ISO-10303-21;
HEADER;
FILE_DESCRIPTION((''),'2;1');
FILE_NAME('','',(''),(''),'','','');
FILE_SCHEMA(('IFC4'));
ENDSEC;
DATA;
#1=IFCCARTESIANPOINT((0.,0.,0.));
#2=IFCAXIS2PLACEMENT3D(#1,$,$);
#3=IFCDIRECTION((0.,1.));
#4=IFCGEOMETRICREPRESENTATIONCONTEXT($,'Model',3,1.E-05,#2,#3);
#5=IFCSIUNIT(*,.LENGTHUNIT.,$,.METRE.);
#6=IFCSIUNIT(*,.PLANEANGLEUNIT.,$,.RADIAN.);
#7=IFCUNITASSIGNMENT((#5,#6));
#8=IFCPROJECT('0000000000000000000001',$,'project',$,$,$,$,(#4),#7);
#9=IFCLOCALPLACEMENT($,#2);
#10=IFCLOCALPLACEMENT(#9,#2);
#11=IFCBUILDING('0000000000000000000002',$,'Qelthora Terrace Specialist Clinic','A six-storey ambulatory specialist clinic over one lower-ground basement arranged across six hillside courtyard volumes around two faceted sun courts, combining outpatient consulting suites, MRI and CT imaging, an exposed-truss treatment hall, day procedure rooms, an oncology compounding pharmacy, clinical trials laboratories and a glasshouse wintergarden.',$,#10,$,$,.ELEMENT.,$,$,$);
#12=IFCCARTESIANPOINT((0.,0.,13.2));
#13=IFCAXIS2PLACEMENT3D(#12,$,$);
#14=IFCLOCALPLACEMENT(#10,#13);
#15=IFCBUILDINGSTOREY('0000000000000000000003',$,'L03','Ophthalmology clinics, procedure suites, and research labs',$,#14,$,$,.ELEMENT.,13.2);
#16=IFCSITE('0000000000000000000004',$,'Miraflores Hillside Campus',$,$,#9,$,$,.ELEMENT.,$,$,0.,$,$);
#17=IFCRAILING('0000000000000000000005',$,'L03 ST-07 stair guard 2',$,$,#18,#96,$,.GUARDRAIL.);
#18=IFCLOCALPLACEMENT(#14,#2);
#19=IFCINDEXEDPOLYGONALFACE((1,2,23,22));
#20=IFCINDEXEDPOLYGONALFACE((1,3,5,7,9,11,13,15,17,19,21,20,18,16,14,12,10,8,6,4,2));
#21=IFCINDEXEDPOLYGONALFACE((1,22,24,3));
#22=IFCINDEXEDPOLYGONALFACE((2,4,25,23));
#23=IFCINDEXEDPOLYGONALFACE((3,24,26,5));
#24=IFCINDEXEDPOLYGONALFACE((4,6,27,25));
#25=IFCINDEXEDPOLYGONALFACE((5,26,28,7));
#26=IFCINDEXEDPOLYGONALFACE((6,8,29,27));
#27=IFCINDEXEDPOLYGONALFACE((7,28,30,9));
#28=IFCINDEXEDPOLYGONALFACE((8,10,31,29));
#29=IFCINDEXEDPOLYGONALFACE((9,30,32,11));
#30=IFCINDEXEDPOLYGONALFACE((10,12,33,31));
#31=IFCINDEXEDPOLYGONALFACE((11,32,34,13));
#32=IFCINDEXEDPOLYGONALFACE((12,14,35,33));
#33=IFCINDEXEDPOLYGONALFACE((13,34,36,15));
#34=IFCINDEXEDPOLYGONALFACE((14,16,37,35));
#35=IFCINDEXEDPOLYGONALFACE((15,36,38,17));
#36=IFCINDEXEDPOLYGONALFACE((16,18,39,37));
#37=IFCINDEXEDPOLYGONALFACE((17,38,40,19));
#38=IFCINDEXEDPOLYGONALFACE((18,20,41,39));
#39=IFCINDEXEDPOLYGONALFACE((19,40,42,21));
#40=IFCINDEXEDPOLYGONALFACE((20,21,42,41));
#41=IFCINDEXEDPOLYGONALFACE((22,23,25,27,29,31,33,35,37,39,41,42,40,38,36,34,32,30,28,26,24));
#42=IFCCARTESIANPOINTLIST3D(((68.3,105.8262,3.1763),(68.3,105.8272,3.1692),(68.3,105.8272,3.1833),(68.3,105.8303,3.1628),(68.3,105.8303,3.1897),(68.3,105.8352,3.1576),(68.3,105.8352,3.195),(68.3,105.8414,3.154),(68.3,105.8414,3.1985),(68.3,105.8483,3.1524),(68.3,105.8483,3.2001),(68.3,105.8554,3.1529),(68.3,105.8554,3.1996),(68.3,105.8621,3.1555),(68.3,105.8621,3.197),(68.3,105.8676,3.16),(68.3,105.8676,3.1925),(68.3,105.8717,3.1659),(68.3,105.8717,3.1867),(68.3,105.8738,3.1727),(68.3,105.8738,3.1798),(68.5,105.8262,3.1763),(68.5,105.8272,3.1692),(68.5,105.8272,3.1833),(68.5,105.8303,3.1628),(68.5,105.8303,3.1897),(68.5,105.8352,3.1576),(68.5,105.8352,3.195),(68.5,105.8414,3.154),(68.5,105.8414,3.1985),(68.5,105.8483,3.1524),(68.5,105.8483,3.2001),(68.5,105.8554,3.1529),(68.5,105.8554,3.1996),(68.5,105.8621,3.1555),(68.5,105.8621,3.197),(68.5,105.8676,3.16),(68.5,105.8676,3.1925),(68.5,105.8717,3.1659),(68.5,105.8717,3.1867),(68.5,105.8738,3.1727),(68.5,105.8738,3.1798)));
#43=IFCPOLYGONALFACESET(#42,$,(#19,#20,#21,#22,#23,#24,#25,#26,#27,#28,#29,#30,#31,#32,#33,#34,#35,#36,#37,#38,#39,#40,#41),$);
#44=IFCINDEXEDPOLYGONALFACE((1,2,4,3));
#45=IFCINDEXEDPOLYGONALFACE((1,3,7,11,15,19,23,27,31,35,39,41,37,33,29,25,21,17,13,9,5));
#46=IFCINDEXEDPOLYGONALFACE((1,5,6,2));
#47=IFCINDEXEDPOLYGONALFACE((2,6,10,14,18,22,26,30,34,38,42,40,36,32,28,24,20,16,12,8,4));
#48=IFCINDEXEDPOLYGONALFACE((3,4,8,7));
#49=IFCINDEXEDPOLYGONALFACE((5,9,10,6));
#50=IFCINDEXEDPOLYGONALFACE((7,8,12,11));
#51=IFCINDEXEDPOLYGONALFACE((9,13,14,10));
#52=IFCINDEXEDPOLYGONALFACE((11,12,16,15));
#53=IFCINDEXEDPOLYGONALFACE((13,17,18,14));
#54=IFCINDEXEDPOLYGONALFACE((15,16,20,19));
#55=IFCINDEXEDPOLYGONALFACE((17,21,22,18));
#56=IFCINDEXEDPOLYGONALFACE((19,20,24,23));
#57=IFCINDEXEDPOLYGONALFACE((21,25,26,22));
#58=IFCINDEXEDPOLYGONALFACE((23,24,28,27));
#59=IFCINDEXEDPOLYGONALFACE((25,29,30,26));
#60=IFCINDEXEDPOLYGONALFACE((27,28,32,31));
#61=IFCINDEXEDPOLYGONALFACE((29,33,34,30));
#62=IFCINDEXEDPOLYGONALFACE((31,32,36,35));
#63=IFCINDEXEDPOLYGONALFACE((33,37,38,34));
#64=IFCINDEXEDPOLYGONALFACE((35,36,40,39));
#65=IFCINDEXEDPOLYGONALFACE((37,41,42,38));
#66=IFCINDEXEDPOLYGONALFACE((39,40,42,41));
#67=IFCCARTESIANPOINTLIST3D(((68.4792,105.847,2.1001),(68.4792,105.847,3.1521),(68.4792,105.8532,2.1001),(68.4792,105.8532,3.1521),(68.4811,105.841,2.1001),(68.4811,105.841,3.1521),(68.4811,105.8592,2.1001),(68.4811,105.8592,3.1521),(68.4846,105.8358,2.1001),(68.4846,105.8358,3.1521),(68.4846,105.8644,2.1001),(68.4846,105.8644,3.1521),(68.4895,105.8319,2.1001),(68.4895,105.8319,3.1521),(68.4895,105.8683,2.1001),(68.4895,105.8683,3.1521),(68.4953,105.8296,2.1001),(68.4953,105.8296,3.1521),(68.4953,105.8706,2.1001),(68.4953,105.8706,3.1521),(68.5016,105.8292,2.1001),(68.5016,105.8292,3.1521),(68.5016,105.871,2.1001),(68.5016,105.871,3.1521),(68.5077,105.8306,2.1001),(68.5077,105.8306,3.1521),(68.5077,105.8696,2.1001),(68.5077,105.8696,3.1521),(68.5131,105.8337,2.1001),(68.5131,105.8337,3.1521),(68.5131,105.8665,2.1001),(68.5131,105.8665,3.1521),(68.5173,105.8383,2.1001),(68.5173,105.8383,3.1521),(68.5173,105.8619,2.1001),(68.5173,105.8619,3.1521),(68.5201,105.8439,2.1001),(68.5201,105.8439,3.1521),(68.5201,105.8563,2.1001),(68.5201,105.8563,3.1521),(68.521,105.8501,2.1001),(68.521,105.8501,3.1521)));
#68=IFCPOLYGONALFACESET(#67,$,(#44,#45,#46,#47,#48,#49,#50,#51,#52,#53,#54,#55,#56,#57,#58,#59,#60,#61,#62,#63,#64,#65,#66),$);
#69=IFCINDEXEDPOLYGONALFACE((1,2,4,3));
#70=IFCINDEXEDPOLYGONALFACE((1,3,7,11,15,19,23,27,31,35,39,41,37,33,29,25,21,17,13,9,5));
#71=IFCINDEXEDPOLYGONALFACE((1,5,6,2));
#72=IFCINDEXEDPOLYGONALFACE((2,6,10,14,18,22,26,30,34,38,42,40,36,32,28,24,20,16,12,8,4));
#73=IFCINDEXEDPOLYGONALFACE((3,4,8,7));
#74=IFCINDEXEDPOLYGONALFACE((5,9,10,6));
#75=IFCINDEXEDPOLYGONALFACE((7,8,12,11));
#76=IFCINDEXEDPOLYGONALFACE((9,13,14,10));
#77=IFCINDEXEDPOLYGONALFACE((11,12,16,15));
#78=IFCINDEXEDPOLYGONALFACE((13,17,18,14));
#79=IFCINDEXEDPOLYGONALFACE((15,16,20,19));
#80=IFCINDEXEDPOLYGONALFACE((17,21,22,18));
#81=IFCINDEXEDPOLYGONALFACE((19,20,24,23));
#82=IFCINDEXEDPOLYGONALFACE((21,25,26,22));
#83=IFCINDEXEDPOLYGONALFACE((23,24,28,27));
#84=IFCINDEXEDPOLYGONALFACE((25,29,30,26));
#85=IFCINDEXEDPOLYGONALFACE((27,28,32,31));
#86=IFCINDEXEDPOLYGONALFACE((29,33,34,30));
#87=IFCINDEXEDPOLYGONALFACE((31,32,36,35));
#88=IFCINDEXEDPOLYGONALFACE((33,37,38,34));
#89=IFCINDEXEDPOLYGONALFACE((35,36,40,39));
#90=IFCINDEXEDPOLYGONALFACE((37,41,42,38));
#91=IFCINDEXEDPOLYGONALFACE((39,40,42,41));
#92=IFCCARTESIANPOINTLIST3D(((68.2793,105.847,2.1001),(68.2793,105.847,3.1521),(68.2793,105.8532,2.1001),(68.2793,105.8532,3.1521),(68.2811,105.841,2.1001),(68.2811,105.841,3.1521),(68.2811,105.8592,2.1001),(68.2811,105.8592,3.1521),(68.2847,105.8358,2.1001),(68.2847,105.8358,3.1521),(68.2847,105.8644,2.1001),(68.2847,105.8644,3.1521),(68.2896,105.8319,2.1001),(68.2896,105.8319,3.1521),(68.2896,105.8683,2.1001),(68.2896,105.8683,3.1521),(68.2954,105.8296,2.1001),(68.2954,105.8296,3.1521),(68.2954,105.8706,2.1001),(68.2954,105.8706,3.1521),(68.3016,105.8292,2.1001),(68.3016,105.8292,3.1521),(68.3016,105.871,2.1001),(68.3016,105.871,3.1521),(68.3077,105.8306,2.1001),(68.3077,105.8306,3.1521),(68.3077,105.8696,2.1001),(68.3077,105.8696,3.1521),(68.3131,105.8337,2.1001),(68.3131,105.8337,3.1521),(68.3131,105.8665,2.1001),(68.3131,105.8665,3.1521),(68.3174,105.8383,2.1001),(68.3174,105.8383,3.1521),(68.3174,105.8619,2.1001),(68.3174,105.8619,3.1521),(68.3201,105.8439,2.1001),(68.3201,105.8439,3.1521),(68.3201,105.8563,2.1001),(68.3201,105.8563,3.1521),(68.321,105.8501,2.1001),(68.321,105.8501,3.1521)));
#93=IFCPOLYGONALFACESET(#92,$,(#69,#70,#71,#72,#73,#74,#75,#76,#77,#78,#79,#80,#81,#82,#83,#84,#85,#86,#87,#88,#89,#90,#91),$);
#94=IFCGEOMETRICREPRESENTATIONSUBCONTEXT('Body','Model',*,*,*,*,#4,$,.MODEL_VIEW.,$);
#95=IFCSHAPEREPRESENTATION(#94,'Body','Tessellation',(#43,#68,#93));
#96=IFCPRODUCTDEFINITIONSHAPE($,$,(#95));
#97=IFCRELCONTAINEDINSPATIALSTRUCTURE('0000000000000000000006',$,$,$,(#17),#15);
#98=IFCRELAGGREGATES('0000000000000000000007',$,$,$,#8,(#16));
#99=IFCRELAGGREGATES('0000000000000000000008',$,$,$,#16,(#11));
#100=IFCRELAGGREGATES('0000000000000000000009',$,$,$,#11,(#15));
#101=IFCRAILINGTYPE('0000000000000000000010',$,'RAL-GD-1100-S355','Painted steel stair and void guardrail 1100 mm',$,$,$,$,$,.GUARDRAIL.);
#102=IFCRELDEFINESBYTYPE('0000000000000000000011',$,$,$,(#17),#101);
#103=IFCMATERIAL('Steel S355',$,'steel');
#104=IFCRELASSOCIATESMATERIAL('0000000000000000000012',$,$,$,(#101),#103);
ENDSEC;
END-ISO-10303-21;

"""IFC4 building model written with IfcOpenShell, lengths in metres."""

from ifc_helpers import new_model, si_unit, direction, frame, origin, origin_2d, place, context, subcontext, project, spatial, circle, extrude, material, type_object, element, save


model = new_model("IFC4")

# Units and contexts
model_context = context("Model", 3, precision=1e-05, world=origin(), true_north=direction((0.0, 1.0)))
body_context = subcontext(model_context, "Body", "Model", "MODEL_VIEW")
ifc_project = project(units=[si_unit("LENGTHUNIT", "METRE"), si_unit("PLANEANGLEUNIT", "RADIAN")], contexts=[model_context])

# Site, building, storey
site_placement = place(None, origin())
site = spatial("IfcSite", under=ifc_project, at=site_placement, Name="Miraflores Hillside Campus", CompositionType="ELEMENT", RefElevation=0.0)
building_placement = place(site_placement, origin())
building = spatial("IfcBuilding", under=site, at=building_placement, Name="Qelthora Terrace Specialist Clinic", Description="A six-storey ambulatory specialist clinic over one lower-ground basement arranged across six hillside courtyard volumes around two faceted sun courts, combining outpatient consulting suites, MRI and CT imaging, an exposed-truss treatment hall, day procedure rooms, an oncology compounding pharmacy, clinical trials laboratories and a glasshouse wintergarden.", CompositionType="ELEMENT")
storey_placement = place(building_placement, frame((0.0, 0.0, 13.2)))
storey = spatial("IfcBuildingStorey", under=building, at=storey_placement, Name="L03", Description="Ophthalmology clinics, procedure suites, and research labs", CompositionType="ELEMENT", Elevation=13.2)

# Shared definitions
ifc_material_1 = material(Name="Steel S355", Category="steel")

# Railing
railing_type_1 = type_object("IfcRailingType", Name="RAL-GD-1100-S355", Description="Painted steel stair and void guardrail 1100 mm", PredefinedType="GUARDRAIL", material=ifc_material_1)
railing_1_placement = place(storey_placement, frame((68.5, 105.8501, 2.1001)))
element("IfcRailing", 1, at=railing_1_placement, inside=storey, type_object=railing_type_1, Name="L03 ST-07 stair guard 2", PredefinedType="GUARDRAIL", context=body_context, shape_type="SweptSolid", body=[
    extrude(circle(Radius=0.0239, at=origin_2d()), frame((0.0, 0.0, 1.0762), z_axis=(-1.0, 0.0, 0.0), x_axis=(0.0, -1.0, 0.0)), (0.0, 0.0, 1.0), 0.2),
    extrude(circle(Radius=0.021, at=origin_2d()), origin(), (0.0, 0.0, 1.0), 1.052),
    extrude(circle(Radius=0.021, at=origin_2d()), frame((-0.2, 0.0, 0.0)), (0.0, 0.0, 1.0), 1.052),
])

save(model, "model.ifc")
